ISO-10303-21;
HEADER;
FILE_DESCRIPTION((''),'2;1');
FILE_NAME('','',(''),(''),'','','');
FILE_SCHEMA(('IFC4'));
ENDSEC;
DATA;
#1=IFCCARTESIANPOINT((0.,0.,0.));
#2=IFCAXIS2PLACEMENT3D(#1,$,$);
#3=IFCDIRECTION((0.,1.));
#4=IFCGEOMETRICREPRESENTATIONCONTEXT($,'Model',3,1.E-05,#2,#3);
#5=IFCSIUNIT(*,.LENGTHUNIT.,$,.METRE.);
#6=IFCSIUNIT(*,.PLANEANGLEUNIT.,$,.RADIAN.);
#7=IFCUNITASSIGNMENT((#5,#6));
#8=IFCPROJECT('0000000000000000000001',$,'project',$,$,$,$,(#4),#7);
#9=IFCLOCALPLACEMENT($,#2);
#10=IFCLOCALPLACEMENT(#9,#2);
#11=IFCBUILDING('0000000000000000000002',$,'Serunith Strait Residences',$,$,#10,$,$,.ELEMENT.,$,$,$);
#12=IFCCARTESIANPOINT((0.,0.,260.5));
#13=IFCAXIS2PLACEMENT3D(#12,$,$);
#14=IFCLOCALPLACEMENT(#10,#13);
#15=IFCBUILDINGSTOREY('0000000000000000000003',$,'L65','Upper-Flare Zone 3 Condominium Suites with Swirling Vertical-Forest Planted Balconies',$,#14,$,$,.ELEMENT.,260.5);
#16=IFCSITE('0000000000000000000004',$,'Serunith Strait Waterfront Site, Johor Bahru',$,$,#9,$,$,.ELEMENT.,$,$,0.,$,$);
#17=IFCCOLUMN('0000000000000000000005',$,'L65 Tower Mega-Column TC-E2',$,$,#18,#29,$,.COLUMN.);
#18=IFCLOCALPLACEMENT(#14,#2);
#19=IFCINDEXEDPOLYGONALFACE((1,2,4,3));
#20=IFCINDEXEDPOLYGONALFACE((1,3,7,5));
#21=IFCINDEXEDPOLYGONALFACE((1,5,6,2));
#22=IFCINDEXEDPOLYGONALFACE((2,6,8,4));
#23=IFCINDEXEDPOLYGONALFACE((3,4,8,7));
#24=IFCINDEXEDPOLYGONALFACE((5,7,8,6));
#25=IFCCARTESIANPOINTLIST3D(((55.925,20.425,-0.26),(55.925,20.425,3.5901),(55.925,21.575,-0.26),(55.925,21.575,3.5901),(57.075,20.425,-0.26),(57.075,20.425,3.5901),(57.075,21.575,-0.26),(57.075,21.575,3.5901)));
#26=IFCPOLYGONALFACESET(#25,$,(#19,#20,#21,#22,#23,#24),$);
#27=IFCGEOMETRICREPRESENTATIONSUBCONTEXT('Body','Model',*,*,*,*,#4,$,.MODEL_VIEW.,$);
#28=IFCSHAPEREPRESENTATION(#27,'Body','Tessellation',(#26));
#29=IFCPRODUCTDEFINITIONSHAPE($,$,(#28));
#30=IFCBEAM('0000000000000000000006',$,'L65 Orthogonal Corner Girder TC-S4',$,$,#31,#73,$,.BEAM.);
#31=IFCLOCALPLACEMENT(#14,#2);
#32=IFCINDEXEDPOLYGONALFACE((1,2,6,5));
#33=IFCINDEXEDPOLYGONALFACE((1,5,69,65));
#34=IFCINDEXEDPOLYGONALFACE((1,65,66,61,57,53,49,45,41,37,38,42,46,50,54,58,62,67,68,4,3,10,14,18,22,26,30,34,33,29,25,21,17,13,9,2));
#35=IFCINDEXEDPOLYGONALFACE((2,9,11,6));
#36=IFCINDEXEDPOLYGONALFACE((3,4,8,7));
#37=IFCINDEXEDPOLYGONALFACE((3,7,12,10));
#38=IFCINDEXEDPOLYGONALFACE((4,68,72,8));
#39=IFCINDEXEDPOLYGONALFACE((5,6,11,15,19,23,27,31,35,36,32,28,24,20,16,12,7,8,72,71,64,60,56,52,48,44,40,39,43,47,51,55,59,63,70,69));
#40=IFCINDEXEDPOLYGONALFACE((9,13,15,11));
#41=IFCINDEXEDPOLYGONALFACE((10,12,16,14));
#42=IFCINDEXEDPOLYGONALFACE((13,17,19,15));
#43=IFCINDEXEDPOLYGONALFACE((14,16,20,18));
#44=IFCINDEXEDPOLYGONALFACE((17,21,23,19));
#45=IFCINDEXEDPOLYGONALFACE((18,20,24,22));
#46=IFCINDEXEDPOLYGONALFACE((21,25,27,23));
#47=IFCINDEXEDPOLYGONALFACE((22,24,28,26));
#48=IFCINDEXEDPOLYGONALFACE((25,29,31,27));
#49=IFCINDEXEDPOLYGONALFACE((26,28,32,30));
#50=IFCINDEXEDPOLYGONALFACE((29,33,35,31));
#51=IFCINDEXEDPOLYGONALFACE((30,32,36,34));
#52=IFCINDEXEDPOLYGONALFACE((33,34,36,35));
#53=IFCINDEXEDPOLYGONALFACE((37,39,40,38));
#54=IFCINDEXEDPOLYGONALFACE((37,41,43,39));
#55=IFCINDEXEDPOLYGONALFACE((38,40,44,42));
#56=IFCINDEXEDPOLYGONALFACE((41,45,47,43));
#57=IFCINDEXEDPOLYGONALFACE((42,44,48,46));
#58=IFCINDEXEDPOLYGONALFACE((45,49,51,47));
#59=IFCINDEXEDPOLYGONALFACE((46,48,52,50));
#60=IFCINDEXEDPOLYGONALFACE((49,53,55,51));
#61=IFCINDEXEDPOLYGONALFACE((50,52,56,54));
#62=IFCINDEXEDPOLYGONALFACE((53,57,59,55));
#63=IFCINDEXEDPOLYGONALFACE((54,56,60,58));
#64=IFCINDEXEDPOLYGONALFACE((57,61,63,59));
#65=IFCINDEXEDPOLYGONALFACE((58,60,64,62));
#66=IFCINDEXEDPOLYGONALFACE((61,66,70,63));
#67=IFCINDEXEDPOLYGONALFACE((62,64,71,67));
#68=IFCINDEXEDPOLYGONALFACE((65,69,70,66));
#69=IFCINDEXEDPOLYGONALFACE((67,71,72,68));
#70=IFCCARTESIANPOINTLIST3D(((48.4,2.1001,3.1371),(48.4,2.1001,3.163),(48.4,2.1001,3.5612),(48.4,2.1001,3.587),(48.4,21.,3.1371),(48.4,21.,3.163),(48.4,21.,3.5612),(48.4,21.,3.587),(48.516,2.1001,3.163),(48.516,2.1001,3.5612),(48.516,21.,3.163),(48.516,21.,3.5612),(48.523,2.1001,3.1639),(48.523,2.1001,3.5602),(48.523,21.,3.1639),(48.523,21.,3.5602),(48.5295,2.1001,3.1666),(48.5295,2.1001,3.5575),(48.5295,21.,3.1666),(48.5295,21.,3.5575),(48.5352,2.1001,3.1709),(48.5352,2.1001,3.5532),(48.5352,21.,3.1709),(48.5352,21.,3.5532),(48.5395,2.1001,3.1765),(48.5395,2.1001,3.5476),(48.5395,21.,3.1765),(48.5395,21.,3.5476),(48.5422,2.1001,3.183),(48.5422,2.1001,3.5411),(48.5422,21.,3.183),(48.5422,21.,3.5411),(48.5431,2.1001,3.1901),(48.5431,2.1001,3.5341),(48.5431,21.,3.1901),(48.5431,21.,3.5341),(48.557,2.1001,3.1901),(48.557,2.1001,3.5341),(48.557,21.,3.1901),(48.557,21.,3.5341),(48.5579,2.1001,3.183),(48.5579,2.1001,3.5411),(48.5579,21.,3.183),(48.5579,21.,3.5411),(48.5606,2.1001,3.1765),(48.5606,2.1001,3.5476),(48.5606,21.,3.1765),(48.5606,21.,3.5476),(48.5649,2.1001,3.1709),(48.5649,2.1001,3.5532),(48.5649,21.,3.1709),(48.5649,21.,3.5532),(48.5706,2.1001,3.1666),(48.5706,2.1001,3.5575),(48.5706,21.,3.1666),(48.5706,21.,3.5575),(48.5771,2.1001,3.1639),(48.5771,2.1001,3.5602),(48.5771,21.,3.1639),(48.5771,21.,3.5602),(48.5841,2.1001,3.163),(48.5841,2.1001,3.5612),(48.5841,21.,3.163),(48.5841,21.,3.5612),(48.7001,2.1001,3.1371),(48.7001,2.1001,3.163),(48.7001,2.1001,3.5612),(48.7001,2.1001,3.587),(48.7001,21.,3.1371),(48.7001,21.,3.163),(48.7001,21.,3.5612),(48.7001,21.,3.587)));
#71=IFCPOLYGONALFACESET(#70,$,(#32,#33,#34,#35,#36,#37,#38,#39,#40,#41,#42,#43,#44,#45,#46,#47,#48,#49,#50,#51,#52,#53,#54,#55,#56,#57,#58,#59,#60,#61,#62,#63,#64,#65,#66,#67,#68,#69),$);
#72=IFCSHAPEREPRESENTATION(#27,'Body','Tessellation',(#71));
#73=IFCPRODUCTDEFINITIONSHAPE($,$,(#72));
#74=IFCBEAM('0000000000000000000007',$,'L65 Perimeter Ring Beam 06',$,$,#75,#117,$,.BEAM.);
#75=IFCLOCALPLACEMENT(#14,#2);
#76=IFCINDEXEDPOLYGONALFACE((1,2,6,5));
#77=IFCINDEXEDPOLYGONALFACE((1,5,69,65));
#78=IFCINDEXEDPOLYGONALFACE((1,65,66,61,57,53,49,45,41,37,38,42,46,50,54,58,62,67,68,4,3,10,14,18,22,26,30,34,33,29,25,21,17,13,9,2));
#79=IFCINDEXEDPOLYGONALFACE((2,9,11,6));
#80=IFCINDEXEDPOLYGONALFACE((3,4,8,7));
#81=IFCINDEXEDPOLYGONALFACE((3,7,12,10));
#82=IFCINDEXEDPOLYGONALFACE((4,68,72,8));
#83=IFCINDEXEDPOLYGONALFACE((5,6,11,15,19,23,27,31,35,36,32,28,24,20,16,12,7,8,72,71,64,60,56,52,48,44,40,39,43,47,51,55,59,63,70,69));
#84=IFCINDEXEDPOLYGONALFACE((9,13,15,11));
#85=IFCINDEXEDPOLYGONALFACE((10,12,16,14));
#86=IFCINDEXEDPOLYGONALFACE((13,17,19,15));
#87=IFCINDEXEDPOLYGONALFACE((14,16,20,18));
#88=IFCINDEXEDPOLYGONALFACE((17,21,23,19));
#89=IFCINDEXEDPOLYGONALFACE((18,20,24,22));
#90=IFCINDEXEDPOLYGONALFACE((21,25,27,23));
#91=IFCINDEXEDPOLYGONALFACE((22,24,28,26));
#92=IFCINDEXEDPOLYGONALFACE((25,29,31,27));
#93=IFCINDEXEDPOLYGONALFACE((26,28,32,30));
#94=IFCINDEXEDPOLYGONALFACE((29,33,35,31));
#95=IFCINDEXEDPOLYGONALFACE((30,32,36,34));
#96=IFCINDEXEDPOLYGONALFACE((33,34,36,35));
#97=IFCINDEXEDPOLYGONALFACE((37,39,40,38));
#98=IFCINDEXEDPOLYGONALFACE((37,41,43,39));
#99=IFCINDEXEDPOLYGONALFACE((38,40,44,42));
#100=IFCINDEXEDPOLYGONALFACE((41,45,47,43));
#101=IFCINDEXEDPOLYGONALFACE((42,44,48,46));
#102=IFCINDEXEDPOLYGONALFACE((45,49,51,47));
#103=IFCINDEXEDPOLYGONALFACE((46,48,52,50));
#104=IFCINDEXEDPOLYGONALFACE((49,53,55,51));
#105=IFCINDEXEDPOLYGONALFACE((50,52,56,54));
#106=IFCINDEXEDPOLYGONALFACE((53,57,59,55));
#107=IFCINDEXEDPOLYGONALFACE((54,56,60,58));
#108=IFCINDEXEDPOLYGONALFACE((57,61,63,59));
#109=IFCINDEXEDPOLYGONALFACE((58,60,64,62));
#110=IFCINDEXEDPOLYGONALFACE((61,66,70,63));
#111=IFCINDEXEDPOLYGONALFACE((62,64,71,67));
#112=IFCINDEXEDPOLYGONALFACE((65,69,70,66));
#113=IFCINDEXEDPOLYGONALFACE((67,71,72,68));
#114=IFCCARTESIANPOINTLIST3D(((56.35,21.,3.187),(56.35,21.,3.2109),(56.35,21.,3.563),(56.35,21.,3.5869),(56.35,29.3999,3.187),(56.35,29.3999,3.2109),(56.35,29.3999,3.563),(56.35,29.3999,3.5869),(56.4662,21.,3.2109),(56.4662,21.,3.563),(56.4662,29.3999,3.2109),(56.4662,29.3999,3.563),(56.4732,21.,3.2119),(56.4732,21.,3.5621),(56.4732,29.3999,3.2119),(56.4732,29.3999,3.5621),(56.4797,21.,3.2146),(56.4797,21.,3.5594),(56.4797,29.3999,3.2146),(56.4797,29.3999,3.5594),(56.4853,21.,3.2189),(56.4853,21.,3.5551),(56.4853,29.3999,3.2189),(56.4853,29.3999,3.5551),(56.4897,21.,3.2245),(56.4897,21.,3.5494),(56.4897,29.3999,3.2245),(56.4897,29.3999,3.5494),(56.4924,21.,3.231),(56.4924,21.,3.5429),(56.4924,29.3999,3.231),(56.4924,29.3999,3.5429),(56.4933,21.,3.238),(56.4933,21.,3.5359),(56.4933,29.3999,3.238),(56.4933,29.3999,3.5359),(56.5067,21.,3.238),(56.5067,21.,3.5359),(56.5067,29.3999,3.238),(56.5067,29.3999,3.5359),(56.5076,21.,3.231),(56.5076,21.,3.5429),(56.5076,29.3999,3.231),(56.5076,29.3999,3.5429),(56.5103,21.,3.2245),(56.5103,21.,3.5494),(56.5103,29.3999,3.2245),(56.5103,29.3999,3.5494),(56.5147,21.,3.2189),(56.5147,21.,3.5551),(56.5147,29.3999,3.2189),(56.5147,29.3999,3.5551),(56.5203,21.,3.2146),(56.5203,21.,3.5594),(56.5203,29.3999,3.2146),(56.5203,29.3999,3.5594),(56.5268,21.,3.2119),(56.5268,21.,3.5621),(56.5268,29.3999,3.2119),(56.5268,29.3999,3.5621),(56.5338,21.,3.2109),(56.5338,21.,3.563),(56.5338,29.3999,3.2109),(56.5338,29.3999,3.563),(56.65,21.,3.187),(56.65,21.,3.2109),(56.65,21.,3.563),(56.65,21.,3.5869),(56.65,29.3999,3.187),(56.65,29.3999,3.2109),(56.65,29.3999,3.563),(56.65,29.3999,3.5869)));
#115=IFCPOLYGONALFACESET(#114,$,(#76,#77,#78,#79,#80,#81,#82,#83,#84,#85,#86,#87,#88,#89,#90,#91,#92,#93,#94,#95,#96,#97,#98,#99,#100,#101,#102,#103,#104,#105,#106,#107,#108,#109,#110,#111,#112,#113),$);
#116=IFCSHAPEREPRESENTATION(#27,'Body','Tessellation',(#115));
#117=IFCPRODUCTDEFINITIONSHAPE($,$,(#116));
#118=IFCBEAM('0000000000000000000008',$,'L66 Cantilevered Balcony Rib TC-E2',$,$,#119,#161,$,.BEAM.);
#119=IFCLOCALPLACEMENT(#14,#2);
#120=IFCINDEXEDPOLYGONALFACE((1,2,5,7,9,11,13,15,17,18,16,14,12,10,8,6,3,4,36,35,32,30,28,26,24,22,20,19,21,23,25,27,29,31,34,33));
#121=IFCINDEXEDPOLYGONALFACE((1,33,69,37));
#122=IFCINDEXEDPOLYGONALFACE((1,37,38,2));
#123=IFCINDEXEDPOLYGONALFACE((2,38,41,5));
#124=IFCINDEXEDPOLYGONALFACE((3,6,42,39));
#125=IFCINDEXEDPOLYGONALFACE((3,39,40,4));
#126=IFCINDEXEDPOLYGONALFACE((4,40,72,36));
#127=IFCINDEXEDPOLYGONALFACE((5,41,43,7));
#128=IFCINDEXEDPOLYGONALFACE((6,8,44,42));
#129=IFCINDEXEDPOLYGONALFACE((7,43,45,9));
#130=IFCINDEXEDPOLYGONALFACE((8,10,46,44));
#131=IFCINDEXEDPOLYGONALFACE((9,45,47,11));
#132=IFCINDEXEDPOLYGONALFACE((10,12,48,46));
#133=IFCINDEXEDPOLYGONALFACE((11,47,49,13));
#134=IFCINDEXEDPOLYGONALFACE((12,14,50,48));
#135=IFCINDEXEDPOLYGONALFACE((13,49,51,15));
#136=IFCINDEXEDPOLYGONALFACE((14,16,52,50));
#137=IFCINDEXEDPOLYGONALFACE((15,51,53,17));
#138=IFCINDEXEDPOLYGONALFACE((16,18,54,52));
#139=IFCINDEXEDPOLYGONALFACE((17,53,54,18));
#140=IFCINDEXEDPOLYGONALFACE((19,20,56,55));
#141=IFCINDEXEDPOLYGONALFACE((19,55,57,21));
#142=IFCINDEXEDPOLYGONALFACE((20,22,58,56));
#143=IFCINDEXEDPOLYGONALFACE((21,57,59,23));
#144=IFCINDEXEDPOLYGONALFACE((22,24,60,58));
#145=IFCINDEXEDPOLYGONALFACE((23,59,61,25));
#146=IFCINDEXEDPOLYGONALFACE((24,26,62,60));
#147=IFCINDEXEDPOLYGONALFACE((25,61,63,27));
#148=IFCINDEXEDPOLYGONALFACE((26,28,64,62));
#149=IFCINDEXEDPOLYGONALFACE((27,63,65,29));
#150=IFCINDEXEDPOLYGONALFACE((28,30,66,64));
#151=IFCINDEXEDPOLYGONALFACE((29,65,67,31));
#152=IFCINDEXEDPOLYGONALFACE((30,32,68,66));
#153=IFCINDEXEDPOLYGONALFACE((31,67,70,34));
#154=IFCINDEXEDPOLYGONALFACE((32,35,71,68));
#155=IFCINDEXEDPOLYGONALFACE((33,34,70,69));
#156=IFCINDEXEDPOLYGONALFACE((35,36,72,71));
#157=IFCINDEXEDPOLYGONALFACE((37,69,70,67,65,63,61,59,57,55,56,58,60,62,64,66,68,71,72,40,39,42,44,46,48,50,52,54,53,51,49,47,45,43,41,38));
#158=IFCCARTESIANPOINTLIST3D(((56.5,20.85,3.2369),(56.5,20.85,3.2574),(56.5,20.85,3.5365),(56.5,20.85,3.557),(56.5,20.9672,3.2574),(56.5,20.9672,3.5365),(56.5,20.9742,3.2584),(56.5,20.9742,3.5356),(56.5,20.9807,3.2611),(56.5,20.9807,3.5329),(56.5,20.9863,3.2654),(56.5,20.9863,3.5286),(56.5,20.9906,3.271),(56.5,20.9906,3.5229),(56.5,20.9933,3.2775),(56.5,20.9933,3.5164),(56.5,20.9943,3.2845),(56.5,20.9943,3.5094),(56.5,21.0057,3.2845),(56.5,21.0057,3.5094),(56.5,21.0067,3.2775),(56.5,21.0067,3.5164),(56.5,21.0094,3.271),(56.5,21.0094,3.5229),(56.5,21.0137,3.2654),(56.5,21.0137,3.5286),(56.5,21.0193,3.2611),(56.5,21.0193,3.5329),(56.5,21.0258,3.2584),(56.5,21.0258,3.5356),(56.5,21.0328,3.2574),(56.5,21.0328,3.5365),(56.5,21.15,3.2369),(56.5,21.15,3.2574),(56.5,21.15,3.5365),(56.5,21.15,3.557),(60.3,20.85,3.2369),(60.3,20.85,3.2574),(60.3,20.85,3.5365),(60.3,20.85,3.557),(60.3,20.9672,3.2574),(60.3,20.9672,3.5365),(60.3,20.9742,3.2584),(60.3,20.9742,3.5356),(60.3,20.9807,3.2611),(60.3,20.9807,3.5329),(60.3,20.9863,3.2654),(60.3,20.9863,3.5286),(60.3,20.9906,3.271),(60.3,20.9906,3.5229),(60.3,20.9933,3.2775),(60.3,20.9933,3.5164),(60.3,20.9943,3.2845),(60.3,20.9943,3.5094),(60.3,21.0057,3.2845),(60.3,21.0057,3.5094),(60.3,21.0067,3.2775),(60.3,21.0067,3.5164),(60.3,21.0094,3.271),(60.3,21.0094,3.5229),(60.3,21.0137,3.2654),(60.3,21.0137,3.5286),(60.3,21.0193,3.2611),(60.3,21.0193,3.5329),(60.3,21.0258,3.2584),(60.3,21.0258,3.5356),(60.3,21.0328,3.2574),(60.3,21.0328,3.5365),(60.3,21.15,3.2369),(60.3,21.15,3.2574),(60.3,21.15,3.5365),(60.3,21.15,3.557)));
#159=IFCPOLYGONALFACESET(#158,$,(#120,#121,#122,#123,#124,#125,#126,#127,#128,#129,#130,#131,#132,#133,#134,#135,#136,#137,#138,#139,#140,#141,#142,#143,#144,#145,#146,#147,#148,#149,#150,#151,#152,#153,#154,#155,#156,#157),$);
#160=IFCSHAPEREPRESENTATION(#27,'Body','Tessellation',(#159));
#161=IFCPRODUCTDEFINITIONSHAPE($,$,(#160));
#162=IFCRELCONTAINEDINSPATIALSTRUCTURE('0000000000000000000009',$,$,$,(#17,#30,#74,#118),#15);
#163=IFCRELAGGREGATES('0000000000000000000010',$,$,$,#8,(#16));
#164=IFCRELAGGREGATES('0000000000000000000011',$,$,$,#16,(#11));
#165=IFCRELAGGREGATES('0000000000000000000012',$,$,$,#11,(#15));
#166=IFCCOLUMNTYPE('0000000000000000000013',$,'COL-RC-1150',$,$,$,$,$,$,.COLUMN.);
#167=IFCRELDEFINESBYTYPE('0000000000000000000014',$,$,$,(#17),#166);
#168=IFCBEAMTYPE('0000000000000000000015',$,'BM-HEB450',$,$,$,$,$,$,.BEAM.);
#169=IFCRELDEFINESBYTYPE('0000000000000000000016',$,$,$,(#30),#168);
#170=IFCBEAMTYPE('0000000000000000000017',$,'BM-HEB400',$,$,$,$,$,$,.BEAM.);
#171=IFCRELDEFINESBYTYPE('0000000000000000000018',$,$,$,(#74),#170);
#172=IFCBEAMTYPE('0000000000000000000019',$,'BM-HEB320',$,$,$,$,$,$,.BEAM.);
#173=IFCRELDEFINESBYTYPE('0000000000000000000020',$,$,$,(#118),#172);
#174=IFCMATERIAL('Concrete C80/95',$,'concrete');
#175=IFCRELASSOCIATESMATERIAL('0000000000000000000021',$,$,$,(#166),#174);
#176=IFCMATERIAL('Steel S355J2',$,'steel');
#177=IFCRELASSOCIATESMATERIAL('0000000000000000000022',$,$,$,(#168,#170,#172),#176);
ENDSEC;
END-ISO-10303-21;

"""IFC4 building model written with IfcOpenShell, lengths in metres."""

from ifc_helpers import new_model, si_unit, direction, frame, origin, origin_2d, place, context, subcontext, project, spatial, rectangle, i_section, extrude, source, transform, mapped, material, material_profile, profile_set, type_object, element, save


model = new_model("IFC4")

# Units and contexts
model_context = context("Model", 3, precision=1e-05, world=origin(), true_north=direction((0.0, 1.0)))
body_context = subcontext(model_context, "Body", "Model", "MODEL_VIEW")
ifc_project = project(units=[si_unit("LENGTHUNIT", "METRE"), si_unit("PLANEANGLEUNIT", "RADIAN")], contexts=[model_context])

# Site, building, storey
site_placement = place(None, origin())
site = spatial("IfcSite", under=ifc_project, at=site_placement, Name="Serunith Strait Waterfront Site, Johor Bahru", CompositionType="ELEMENT", RefElevation=0.0)
building_placement = place(site_placement, origin())
building = spatial("IfcBuilding", under=site, at=building_placement, Name="Serunith Strait Residences", CompositionType="ELEMENT")
storey_placement = place(building_placement, frame((0.0, 0.0, 260.5)))
storey = spatial("IfcBuildingStorey", under=building, at=storey_placement, Name="L65", Description="Upper-Flare Zone 3 Condominium Suites with Swirling Vertical-Forest Planted Balconies", CompositionType="ELEMENT", Elevation=260.5)

# Column
ifc_material_1 = material(Name="Concrete C80/95", Category="concrete")
ifc_material_profile_1 = material_profile(ifc_material_1, rectangle(XDim=1.1499, YDim=1.1499, at=origin_2d()), Name="RC 1150x1150")
ifc_profile_set_1 = profile_set([ifc_material_profile_1], Name="Concrete C80/95")
column_type = type_object("IfcColumnType", Name="COL-RC-1150", PredefinedType="COLUMN", material=ifc_profile_set_1)
shared_shape_1 = source(origin(), body_context, "Body", "SweptSolid", [
    extrude(rectangle(XDim=1.1499, YDim=1.1499, at=origin_2d()), origin(), (0.0, 0.0, 1.0), 3.8501),
])
column_placement = place(storey_placement, frame((56.5, 21.0, -0.26), z_axis=(0.0, 0.0, 1.0), x_axis=(1.0, 0.0, 0.0)))
element("IfcColumn", 1, at=column_placement, inside=storey, type_object=column_type, Name="L65 Tower Mega-Column TC-E2", PredefinedType="COLUMN", context=body_context, shape_type="MappedRepresentation", body=[
    mapped(shared_shape_1, transform((0.0, 0.0, 0.0), scale=1.0)),
])

# Beams
ifc_material_2 = material(Name="Steel S355J2", Category="steel")
ifc_material_profile_2 = material_profile(ifc_material_2, i_section(OverallWidth=0.3, OverallDepth=0.45, WebThickness=0.0139, FlangeThickness=0.0259, FilletRadius=0.0271, at=origin_2d()), Name="HEB 450")
ifc_profile_set_2 = profile_set([ifc_material_profile_2], Name="Steel S355J2")
beam_type_1 = type_object("IfcBeamType", Name="BM-HEB450", PredefinedType="BEAM", material=ifc_profile_set_2)
shared_shape_2 = source(origin(), body_context, "Body", "SweptSolid", [
    extrude(i_section(OverallWidth=0.3, OverallDepth=0.45, WebThickness=0.0139, FlangeThickness=0.0259, FilletRadius=0.0271, at=origin_2d()), origin(), (0.0, 0.0, 1.0), 18.8999),
])
beam_1_placement = place(storey_placement, frame((48.55, 21.0, 3.3621), z_axis=(0.0, -1.0, 0.0), x_axis=(1.0, 0.0, 0.0)))
element("IfcBeam", 2, at=beam_1_placement, inside=storey, type_object=beam_type_1, Name="L65 Orthogonal Corner Girder TC-S4", PredefinedType="BEAM", context=body_context, shape_type="MappedRepresentation", body=[
    mapped(shared_shape_2, transform((0.0, 0.0, 0.0), scale=1.0)),
])
ifc_material_profile_3 = material_profile(ifc_material_2, i_section(OverallWidth=0.3, OverallDepth=0.3999, WebThickness=0.0134, FlangeThickness=0.0239, FilletRadius=0.0271, at=origin_2d()), Name="HEB 400")
ifc_profile_set_3 = profile_set([ifc_material_profile_3], Name="Steel S355J2")
beam_type_2 = type_object("IfcBeamType", Name="BM-HEB400", PredefinedType="BEAM", material=ifc_profile_set_3)
shared_shape_3 = source(origin(), body_context, "Body", "SweptSolid", [
    extrude(i_section(OverallWidth=0.3, OverallDepth=0.3999, WebThickness=0.0134, FlangeThickness=0.0239, FilletRadius=0.0271, at=origin_2d()), origin(), (0.0, 0.0, 1.0), 8.3999),
])
beam_2_placement = place(storey_placement, frame((56.5, 21.0, 3.387), z_axis=(0.0, 1.0, 0.0), x_axis=(-1.0, 0.0, 0.0)))
element("IfcBeam", 3, at=beam_2_placement, inside=storey, type_object=beam_type_2, Name="L65 Perimeter Ring Beam 06", PredefinedType="BEAM", context=body_context, shape_type="MappedRepresentation", body=[
    mapped(shared_shape_3, transform((0.0, 0.0, 0.0), scale=1.0)),
])
ifc_material_profile_4 = material_profile(ifc_material_2, i_section(OverallWidth=0.3, OverallDepth=0.3201, WebThickness=0.0115, FlangeThickness=0.0205, FilletRadius=0.0271, at=origin_2d()), Name="HEB 320")
ifc_profile_set_4 = profile_set([ifc_material_profile_4], Name="Steel S355J2")
beam_type_3 = type_object("IfcBeamType", Name="BM-HEB320", PredefinedType="BEAM", material=ifc_profile_set_4)
shared_shape_4 = source(origin(), body_context, "Body", "SweptSolid", [
    extrude(i_section(OverallWidth=0.3, OverallDepth=0.3201, WebThickness=0.0115, FlangeThickness=0.0205, FilletRadius=0.0271, at=origin_2d()), origin(), (0.0, 0.0, 1.0), 3.8),
])
beam_3_placement = place(storey_placement, frame((56.5, 21.0, 3.397), z_axis=(1.0, 0.0, 0.0), x_axis=(0.0, 1.0, 0.0)))
element("IfcBeam", 4, at=beam_3_placement, inside=storey, type_object=beam_type_3, Name="L66 Cantilevered Balcony Rib TC-E2", PredefinedType="BEAM", context=body_context, shape_type="MappedRepresentation", body=[
    mapped(shared_shape_4, transform((0.0, 0.0, 0.0), scale=1.0)),
])

save(model, "model.ifc")
